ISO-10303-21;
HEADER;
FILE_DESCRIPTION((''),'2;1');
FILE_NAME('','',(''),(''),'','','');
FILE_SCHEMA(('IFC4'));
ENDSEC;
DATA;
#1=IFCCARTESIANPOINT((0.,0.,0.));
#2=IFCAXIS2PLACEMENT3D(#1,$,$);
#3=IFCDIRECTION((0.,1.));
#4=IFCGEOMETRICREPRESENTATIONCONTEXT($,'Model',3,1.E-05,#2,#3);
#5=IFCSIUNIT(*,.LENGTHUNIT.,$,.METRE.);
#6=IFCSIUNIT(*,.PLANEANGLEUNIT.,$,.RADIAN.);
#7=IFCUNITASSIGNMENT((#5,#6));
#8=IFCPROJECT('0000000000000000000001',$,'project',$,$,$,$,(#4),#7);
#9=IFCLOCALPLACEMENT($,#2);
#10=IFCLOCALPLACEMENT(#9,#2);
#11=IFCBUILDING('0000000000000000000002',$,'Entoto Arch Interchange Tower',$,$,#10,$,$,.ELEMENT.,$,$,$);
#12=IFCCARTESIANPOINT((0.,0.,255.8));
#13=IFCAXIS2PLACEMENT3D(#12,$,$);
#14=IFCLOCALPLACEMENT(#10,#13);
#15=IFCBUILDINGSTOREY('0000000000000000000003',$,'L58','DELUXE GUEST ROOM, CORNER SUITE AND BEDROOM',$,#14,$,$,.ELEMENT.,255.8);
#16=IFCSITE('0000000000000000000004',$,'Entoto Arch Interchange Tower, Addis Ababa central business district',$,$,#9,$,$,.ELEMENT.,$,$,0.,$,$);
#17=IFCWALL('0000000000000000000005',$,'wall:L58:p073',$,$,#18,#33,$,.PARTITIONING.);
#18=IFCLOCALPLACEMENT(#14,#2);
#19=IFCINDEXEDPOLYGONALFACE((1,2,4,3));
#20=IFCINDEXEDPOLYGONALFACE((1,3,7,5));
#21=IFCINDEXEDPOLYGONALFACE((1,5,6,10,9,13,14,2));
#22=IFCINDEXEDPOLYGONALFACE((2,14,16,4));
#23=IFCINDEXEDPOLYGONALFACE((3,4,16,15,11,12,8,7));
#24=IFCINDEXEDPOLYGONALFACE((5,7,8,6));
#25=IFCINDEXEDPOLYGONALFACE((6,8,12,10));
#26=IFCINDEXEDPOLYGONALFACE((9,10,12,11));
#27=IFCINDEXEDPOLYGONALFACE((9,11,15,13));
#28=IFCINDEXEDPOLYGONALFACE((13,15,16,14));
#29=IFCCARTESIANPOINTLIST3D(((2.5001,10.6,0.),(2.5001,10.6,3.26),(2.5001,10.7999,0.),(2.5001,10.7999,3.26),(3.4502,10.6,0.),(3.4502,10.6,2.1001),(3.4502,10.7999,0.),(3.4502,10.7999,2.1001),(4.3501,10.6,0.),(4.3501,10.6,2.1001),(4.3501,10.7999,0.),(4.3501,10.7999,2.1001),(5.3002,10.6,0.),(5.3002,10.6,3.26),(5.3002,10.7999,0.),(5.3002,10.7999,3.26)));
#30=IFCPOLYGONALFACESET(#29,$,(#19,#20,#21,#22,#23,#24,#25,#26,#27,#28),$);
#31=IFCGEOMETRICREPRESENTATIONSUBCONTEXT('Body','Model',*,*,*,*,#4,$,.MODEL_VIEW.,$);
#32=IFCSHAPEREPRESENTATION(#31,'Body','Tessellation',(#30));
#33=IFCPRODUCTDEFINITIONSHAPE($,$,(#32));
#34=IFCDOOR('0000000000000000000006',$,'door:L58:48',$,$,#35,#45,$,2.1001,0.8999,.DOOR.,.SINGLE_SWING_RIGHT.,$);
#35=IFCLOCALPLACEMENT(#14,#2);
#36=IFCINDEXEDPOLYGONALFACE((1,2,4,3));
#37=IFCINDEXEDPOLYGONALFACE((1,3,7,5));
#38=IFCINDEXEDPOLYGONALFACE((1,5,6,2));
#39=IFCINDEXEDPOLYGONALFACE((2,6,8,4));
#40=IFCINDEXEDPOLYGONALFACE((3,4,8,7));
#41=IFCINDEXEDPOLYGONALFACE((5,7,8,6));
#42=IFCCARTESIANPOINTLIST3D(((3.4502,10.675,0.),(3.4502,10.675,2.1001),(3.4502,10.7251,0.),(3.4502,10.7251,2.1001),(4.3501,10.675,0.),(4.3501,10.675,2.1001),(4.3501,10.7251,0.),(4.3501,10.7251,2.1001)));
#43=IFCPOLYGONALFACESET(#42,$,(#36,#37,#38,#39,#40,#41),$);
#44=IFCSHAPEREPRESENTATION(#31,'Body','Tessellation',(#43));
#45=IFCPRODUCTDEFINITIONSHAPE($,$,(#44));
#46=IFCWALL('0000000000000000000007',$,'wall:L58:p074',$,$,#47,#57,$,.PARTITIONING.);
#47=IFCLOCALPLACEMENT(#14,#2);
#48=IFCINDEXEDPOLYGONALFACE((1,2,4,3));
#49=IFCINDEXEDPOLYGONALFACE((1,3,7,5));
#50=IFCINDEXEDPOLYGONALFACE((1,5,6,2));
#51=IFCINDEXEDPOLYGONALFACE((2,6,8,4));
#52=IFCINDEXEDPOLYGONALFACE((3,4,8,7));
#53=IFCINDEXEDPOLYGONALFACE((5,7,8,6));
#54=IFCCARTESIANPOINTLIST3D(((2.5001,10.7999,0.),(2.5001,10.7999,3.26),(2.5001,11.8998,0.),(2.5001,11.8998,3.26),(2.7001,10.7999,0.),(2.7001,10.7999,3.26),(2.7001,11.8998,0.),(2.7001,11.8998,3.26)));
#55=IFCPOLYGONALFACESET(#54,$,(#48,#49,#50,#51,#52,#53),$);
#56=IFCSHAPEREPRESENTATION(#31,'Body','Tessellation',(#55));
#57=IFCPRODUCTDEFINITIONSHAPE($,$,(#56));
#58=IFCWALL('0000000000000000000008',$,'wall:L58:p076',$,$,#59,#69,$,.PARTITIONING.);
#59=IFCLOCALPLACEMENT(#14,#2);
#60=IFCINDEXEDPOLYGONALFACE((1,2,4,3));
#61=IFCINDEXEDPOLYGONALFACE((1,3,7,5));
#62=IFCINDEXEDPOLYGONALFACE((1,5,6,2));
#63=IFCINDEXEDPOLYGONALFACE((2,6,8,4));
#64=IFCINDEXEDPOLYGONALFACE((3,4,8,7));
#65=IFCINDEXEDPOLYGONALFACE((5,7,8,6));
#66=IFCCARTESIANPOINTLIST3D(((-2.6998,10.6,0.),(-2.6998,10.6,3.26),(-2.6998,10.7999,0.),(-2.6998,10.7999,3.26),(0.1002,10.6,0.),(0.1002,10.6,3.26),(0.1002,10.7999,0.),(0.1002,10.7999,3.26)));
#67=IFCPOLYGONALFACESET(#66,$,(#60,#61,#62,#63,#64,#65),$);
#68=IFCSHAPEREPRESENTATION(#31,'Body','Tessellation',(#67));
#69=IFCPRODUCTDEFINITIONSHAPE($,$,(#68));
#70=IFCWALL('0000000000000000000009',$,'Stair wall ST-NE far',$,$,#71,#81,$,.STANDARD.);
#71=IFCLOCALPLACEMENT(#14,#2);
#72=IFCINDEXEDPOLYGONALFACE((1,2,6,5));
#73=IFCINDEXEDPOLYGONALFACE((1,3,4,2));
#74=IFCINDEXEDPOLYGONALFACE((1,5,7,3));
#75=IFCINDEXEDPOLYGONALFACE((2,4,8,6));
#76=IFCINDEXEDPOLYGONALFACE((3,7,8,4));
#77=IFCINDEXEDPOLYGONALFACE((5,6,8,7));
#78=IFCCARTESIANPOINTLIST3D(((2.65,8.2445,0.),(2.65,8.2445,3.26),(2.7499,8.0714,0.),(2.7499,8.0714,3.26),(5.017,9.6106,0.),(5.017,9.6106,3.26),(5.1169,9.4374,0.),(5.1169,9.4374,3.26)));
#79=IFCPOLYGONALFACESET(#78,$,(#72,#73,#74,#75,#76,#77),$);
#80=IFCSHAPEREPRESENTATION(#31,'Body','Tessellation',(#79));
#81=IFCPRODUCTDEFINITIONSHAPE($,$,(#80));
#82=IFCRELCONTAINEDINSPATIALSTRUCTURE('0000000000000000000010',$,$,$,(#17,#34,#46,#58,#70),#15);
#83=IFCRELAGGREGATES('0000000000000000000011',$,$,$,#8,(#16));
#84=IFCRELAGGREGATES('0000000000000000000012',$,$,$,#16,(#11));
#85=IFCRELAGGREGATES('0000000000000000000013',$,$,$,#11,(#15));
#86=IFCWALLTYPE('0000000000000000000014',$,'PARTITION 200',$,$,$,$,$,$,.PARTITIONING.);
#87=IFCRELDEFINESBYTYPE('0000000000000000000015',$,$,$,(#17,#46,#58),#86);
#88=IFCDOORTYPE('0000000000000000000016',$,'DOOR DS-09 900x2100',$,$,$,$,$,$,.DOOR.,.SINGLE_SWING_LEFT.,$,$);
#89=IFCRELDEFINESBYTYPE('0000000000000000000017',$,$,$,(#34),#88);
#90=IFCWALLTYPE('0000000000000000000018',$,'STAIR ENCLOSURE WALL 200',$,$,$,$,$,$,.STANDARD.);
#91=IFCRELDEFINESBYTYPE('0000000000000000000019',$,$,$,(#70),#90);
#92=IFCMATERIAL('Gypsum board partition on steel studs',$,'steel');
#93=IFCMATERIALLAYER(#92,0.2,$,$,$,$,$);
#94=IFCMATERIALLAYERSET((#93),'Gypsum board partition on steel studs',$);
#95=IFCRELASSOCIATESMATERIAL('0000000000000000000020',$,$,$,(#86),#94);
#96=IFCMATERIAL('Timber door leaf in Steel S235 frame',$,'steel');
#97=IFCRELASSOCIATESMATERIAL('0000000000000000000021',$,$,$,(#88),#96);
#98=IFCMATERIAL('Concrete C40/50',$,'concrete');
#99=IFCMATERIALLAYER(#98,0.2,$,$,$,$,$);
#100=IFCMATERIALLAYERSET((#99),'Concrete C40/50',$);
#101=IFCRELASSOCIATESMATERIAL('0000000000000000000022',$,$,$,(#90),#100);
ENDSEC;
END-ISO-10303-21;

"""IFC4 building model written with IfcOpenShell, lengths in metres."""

from ifc_helpers import new_model, si_unit, direction, frame, frame_2d, origin, place, context, subcontext, project, spatial, rectangle, extrude, material, layer, layer_set, type_object, element, fill, save


model = new_model("IFC4")

# Units and contexts
model_context = context("Model", 3, precision=1e-05, world=origin(), true_north=direction((0.0, 1.0)))
body_context = subcontext(model_context, "Body", "Model", "MODEL_VIEW")
ifc_project = project(units=[si_unit("LENGTHUNIT", "METRE"), si_unit("PLANEANGLEUNIT", "RADIAN")], contexts=[model_context])

# Site, building, storey
site_placement = place(None, origin())
site = spatial("IfcSite", under=ifc_project, at=site_placement, Name="Entoto Arch Interchange Tower, Addis Ababa central business district", CompositionType="ELEMENT", RefElevation=0.0)
building_placement = place(site_placement, origin())
building = spatial("IfcBuilding", under=site, at=building_placement, Name="Entoto Arch Interchange Tower", CompositionType="ELEMENT")
storey_placement = place(building_placement, frame((0.0, 0.0, 255.8)))
storey = spatial("IfcBuildingStorey", under=building, at=storey_placement, Name="L58", Description="DELUXE GUEST ROOM, CORNER SUITE AND BEDROOM", CompositionType="ELEMENT", Elevation=255.8)

# Shared definitions
ifc_material_1 = material(Name="Concrete C40/50", Category="concrete")

# Shared definitions
ifc_material_2 = material(Name="Gypsum board partition on steel studs", Category="steel")
ifc_layer_1 = layer(ifc_material_2, 0.2)
ifc_layer_set_1 = layer_set([ifc_layer_1], Name="Gypsum board partition on steel studs")
wall_type_1 = type_object("IfcWallType", Name="PARTITION 200", PredefinedType="PARTITIONING", material=ifc_layer_set_1)

# Shared definitions
ifc_material_3 = material(Name="Timber door leaf in Steel S235 frame", Category="steel")

# Wall, opening, door
wall_1_placement = place(storey_placement, frame((5.3, 10.7, 0.0), z_axis=(0.0, 0.0, 1.0), x_axis=(-1.0, 0.0, 0.0)))
wall_1 = element("IfcWall", 1, at=wall_1_placement, inside=storey, type_object=wall_type_1, Name="wall:L58:p073", PredefinedType="PARTITIONING", context=body_context, shape_type="SweptSolid", body=[
    extrude(rectangle(XDim=2.8, YDim=0.2, at=frame_2d((1.3999, 0.0))), origin(), (0.0, 0.0, 1.0), 3.26),
])
opening_1_placement = place(wall_1_placement, frame((0.95, 0.0, 0.0)))
opening_1 = element("IfcOpeningElement", 2, at=opening_1_placement, cuts=wall_1, PredefinedType="OPENING", context=body_context, shape_type="SweptSolid", body=[
    extrude(rectangle(XDim=0.8999, YDim=2.1001, at=frame_2d((0.45, 1.05))), frame((0.0, 0.1099, 0.0), z_axis=(0.0, -1.0, 0.0), x_axis=(1.0, 0.0, 0.0)), (0.0, 0.0, 1.0), 0.22),
])
door_type_1 = type_object("IfcDoorType", Name="DOOR DS-09 900x2100", OperationType="SINGLE_SWING_LEFT", PredefinedType="DOOR", material=ifc_material_3)
door_1_placement = place(opening_1_placement, origin())
door_1 = element("IfcDoor", 3, at=door_1_placement, inside=storey, type_object=door_type_1, Name="door:L58:48", OperationType="SINGLE_SWING_RIGHT", OverallHeight=2.1001, OverallWidth=0.8999, PredefinedType="DOOR", context=body_context, shape_type="SweptSolid", body=[
    extrude(rectangle(XDim=0.8999, YDim=2.1001, at=frame_2d((0.45, 1.05))), frame((0.0, 0.0249, 0.0), z_axis=(0.0, -1.0, 0.0), x_axis=(1.0, 0.0, 0.0)), (0.0, 0.0, 1.0), 0.05),
])
fill(opening_1, door_1)

# Walls
wall_2_placement = place(storey_placement, frame((2.6001, 10.8, 0.0), z_axis=(0.0, 0.0, 1.0), x_axis=(0.0, 1.0, 0.0)))
element("IfcWall", 4, at=wall_2_placement, inside=storey, type_object=wall_type_1, Name="wall:L58:p074", PredefinedType="PARTITIONING", context=body_context, shape_type="SweptSolid", body=[
    extrude(rectangle(XDim=1.0999, YDim=0.2, at=frame_2d((0.5498, 0.0))), origin(), (0.0, 0.0, 1.0), 3.26),
])
wall_3_placement = place(storey_placement, frame((0.1001, 10.7, 0.0), z_axis=(0.0, 0.0, 1.0), x_axis=(-1.0, 0.0, 0.0)))
element("IfcWall", 5, at=wall_3_placement, inside=storey, type_object=wall_type_1, Name="wall:L58:p076", PredefinedType="PARTITIONING", context=body_context, shape_type="SweptSolid", body=[
    extrude(rectangle(XDim=2.8, YDim=0.2, at=frame_2d((1.3999, 0.0))), origin(), (0.0, 0.0, 1.0), 3.26),
])
ifc_layer_2 = layer(ifc_material_1, 0.2)
ifc_layer_set_2 = layer_set([ifc_layer_2], Name="Concrete C40/50")
wall_type_2 = type_object("IfcWallType", Name="STAIR ENCLOSURE WALL 200", PredefinedType="STANDARD", material=ifc_layer_set_2)
wall_4_placement = place(storey_placement, frame((2.7, 8.158, 0.0), z_axis=(0.0, 0.0, 1.0), x_axis=(0.866119, 0.499838, 0.0)))
element("IfcWall", 6, at=wall_4_placement, inside=storey, type_object=wall_type_2, Name="Stair wall ST-NE far", PredefinedType="STANDARD", context=body_context, shape_type="SweptSolid", body=[
    extrude(rectangle(XDim=2.7329, YDim=0.2, at=frame_2d((1.3665, 0.0))), origin(), (0.0, 0.0, 1.0), 3.26),
])

save(model, "model.ifc")
